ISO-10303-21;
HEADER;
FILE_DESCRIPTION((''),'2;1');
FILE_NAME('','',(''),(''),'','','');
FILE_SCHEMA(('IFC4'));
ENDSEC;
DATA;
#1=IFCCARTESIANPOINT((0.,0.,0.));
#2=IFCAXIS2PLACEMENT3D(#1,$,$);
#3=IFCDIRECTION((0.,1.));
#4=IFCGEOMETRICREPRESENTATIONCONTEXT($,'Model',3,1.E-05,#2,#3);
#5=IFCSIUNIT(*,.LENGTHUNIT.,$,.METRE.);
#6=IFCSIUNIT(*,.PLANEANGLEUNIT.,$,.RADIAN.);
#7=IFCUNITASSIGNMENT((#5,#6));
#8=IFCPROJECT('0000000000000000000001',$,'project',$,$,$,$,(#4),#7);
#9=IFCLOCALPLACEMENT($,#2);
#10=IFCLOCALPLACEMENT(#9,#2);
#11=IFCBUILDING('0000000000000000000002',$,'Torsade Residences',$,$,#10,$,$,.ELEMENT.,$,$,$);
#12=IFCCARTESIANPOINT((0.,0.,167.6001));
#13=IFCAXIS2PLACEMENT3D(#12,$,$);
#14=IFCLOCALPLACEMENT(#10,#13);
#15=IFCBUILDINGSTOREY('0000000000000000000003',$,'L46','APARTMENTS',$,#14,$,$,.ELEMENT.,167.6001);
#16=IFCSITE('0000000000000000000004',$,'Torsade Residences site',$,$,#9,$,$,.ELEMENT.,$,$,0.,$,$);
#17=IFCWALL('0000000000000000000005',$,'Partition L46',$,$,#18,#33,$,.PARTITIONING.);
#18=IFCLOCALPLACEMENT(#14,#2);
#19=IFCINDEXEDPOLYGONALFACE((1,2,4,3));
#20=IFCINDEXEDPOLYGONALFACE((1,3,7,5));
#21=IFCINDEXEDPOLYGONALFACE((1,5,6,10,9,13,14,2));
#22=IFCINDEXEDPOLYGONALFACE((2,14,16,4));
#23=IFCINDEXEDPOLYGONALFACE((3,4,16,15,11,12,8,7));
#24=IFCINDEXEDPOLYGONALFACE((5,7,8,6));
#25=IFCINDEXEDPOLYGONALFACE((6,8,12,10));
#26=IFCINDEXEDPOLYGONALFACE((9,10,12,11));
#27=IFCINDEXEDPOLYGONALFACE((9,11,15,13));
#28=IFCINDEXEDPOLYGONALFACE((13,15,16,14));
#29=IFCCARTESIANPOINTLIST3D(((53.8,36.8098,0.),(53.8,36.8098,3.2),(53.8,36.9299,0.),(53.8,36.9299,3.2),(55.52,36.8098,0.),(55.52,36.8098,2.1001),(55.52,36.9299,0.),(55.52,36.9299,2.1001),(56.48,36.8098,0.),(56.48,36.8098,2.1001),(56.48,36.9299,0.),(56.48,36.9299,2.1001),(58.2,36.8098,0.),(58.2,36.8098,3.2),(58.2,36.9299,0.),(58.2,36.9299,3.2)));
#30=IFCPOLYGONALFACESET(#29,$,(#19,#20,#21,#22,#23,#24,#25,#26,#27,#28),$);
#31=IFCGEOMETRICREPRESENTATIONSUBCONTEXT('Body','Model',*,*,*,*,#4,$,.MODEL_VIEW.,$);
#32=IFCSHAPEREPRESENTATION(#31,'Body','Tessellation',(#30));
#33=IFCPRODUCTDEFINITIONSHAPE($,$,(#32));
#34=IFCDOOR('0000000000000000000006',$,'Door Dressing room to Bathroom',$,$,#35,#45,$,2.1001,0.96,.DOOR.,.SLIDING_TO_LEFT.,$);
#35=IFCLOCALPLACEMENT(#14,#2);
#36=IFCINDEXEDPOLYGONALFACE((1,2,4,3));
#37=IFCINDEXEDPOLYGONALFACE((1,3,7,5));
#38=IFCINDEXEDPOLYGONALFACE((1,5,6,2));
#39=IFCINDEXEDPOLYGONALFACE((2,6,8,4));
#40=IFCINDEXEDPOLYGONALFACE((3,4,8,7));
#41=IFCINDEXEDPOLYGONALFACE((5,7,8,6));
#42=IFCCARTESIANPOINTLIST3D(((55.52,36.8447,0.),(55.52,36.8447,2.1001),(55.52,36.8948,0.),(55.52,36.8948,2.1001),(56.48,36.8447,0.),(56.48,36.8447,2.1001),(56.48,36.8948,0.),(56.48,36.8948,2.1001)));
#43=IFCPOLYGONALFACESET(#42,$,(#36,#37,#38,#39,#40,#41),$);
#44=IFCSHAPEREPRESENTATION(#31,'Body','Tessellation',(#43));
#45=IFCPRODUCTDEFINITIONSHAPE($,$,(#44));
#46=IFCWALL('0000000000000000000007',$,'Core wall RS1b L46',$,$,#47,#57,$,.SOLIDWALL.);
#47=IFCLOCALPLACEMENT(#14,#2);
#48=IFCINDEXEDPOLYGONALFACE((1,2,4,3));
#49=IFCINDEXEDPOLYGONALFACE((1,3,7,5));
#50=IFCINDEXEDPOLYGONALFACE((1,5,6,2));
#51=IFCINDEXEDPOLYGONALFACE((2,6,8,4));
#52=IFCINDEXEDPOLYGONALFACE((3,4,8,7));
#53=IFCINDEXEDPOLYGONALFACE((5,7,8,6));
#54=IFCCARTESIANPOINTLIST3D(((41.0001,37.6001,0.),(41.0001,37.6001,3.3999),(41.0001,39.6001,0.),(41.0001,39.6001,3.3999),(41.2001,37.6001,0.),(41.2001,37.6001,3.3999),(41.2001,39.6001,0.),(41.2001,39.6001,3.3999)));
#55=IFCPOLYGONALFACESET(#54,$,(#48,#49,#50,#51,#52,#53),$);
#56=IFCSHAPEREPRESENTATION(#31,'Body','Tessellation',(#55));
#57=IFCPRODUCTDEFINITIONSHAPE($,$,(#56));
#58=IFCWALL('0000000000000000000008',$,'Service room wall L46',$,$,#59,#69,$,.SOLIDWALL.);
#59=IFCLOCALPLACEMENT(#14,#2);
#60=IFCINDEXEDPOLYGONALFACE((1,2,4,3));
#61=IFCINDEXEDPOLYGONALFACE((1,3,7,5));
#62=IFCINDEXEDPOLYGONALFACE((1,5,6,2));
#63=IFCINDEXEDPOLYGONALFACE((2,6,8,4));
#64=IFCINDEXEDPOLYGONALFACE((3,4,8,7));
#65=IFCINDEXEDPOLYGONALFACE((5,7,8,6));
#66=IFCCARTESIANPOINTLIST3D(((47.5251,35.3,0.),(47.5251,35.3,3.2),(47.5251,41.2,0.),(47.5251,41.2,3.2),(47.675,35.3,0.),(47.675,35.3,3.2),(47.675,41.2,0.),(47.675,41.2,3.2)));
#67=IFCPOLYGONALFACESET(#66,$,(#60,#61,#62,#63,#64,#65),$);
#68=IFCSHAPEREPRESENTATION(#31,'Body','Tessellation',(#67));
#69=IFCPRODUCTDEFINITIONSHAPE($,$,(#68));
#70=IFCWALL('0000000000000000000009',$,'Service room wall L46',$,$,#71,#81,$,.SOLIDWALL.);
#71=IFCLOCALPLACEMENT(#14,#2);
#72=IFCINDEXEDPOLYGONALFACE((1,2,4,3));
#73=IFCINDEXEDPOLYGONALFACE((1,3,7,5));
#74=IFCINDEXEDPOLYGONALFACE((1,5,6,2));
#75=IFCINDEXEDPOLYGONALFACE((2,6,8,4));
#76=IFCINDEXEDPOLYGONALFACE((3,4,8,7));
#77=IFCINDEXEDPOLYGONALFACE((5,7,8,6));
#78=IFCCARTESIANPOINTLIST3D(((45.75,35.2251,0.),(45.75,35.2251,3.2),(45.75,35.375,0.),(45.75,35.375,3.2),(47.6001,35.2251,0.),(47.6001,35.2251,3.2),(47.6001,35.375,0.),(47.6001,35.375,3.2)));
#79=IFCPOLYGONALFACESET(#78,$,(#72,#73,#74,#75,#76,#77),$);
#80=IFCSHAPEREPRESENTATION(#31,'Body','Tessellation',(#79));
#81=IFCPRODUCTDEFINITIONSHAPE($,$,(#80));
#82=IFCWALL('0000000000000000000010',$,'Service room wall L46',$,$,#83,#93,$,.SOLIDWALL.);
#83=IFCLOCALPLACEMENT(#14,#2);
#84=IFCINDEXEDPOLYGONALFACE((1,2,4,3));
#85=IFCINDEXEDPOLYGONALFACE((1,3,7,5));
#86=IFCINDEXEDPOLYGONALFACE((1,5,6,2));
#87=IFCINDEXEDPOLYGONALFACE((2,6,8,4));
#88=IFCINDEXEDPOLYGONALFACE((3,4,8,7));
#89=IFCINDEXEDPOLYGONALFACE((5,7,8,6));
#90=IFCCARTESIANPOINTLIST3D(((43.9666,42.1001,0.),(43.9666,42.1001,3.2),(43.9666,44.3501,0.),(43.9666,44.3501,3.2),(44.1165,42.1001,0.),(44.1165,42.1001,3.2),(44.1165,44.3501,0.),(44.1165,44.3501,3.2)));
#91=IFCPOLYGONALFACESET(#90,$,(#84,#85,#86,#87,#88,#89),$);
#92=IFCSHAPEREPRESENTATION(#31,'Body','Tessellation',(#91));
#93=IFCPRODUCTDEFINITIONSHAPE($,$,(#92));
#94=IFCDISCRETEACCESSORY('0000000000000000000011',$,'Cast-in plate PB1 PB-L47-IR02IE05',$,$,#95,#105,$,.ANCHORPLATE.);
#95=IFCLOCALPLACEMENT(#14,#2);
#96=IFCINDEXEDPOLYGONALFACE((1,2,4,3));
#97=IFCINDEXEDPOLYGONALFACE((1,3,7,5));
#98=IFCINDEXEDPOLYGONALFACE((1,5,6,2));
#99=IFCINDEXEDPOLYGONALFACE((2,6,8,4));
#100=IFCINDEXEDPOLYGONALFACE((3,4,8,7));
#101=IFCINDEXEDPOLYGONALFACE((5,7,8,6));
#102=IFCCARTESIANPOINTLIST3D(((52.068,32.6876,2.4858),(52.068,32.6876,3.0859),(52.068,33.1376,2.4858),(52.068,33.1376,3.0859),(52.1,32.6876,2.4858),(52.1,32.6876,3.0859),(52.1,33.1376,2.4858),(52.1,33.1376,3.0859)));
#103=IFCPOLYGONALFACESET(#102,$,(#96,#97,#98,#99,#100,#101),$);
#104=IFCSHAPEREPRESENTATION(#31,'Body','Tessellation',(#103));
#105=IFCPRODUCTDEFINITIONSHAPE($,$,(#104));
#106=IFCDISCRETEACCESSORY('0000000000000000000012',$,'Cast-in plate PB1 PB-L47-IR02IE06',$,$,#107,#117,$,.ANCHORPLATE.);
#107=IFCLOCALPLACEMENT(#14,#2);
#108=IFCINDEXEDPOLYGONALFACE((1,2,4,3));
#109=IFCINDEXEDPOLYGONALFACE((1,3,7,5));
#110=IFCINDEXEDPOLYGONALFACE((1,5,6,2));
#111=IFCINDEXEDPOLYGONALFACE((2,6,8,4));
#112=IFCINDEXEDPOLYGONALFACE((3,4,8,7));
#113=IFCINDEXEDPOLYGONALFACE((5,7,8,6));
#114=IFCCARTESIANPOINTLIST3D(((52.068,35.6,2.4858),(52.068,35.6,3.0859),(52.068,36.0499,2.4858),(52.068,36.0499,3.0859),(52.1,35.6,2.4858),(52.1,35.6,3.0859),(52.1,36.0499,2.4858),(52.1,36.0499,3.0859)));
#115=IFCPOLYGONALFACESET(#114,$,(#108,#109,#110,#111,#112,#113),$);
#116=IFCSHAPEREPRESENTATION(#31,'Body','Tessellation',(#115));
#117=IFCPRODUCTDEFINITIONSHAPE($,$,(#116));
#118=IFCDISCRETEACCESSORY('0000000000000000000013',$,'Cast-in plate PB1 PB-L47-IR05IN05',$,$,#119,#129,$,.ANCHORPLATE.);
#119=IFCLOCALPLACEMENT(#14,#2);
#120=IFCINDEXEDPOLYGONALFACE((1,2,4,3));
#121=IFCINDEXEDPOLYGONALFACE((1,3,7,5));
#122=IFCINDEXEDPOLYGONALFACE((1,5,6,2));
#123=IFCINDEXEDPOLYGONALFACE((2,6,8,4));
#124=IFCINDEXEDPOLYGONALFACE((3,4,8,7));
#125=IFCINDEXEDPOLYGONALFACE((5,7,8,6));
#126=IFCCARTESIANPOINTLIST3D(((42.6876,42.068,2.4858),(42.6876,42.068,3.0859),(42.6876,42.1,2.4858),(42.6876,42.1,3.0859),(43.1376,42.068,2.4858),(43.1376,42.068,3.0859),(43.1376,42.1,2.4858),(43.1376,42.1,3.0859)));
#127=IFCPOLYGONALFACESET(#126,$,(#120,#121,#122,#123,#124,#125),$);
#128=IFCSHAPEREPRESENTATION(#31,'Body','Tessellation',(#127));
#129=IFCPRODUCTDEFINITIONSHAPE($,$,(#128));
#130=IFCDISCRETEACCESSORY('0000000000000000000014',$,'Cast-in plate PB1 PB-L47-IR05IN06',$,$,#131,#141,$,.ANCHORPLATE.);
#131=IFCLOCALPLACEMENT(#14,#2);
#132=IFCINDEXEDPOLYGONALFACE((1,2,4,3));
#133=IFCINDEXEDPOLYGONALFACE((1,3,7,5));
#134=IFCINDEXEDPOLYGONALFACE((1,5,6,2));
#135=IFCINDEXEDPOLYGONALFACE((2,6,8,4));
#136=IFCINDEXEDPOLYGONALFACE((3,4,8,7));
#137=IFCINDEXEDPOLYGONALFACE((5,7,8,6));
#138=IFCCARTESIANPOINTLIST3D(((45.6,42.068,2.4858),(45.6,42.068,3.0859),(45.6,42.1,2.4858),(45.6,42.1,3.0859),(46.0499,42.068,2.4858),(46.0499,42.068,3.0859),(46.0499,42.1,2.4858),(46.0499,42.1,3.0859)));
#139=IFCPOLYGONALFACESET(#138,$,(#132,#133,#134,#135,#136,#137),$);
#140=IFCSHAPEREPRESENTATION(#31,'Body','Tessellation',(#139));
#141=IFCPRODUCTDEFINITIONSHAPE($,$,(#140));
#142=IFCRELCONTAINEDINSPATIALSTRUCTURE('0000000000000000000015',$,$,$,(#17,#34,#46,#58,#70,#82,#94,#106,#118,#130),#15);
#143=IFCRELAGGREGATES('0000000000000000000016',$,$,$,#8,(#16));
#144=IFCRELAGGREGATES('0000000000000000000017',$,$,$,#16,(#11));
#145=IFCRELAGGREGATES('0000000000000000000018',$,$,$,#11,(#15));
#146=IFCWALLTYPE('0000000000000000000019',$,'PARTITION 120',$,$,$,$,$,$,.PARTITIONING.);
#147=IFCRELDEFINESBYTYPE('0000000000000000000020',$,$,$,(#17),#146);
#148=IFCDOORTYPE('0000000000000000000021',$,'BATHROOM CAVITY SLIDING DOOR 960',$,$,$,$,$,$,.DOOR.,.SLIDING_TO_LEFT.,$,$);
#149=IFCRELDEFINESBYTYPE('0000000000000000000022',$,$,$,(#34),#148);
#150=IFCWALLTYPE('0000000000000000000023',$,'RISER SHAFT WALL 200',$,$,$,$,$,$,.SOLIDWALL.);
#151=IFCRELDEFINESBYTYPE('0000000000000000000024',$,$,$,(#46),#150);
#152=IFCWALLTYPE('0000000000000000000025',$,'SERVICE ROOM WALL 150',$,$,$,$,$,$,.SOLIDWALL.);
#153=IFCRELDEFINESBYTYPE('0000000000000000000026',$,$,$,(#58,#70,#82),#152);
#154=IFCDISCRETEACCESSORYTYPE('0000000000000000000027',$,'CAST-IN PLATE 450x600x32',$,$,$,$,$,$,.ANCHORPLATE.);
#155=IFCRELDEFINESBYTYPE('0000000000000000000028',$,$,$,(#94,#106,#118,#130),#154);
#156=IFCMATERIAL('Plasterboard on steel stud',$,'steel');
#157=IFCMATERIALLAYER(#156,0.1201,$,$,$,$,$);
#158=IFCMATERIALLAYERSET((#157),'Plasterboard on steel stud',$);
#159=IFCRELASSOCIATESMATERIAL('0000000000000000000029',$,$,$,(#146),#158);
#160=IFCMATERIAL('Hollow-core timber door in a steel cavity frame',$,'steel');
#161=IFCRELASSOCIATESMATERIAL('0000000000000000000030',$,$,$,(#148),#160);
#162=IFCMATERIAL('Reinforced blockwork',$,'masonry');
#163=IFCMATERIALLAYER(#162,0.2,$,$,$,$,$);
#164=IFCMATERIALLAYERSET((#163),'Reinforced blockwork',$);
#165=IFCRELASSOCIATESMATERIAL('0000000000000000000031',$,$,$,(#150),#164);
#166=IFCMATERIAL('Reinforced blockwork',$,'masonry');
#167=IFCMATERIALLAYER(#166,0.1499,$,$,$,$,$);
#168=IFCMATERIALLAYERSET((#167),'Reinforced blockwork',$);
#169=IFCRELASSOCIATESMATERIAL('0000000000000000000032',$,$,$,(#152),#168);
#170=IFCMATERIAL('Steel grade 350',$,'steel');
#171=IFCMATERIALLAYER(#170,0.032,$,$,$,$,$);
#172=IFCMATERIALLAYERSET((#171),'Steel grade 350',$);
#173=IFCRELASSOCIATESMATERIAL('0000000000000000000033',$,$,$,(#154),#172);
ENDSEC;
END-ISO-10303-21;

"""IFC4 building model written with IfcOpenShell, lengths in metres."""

from ifc_helpers import new_model, si_unit, direction, frame, frame_2d, origin, origin_2d, place, context, subcontext, project, spatial, rectangle, extrude, material, layer, layer_set, type_object, element, fill, save


model = new_model("IFC4")

# Units and contexts
model_context = context("Model", 3, precision=1e-05, world=origin(), true_north=direction((0.0, 1.0)))
body_context = subcontext(model_context, "Body", "Model", "MODEL_VIEW")
ifc_project = project(units=[si_unit("LENGTHUNIT", "METRE"), si_unit("PLANEANGLEUNIT", "RADIAN")], contexts=[model_context])

# Site, building, storey
site_placement = place(None, origin())
site = spatial("IfcSite", under=ifc_project, at=site_placement, Name="Torsade Residences site", CompositionType="ELEMENT", RefElevation=0.0)
building_placement = place(site_placement, origin())
building = spatial("IfcBuilding", under=site, at=building_placement, Name="Torsade Residences", CompositionType="ELEMENT")
storey_placement = place(building_placement, frame((0.0, 0.0, 167.6001)))
storey = spatial("IfcBuildingStorey", under=building, at=storey_placement, Name="L46", Description="APARTMENTS", CompositionType="ELEMENT", Elevation=167.6001)

# Wall, opening, door
ifc_material_1 = material(Name="Plasterboard on steel stud", Category="steel")
ifc_layer_1 = layer(ifc_material_1, 0.1201)
ifc_layer_set_1 = layer_set([ifc_layer_1], Name="Plasterboard on steel stud")
wall_type_1 = type_object("IfcWallType", Name="PARTITION 120", PredefinedType="PARTITIONING", material=ifc_layer_set_1)
wall_1_placement = place(storey_placement, frame((53.8, 36.8699, 0.0), z_axis=(0.0, 0.0, 1.0), x_axis=(1.0, 0.0, 0.0)))
wall_1 = element("IfcWall", 1, at=wall_1_placement, inside=storey, type_object=wall_type_1, Name="Partition L46", PredefinedType="PARTITIONING", context=body_context, shape_type="SweptSolid", body=[
    extrude(rectangle(XDim=4.3999, YDim=0.1201, at=frame_2d((2.2, 0.0))), origin(), (0.0, 0.0, 1.0), 3.2),
])
opening_1_placement = place(wall_1_placement, frame((1.72, 0.0, 0.0)))
opening_1 = element("IfcOpeningElement", 2, at=opening_1_placement, cuts=wall_1, PredefinedType="OPENING", context=body_context, shape_type="SweptSolid", body=[
    extrude(rectangle(XDim=0.96, YDim=2.1001, at=frame_2d((0.48, 1.05))), frame((0.0, 0.0701, 0.0), z_axis=(0.0, -1.0, 0.0), x_axis=(1.0, 0.0, 0.0)), (0.0, 0.0, 1.0), 0.1401),
])
ifc_material_2 = material(Name="Hollow-core timber door in a steel cavity frame", Category="steel")
door_type_1 = type_object("IfcDoorType", Name="BATHROOM CAVITY SLIDING DOOR 960", OperationType="SLIDING_TO_LEFT", PredefinedType="DOOR", material=ifc_material_2)
door_1_placement = place(opening_1_placement, origin())
door_1 = element("IfcDoor", 3, at=door_1_placement, inside=storey, type_object=door_type_1, Name="Door Dressing room to Bathroom", OperationType="SLIDING_TO_LEFT", OverallHeight=2.1001, OverallWidth=0.96, PredefinedType="DOOR", context=body_context, shape_type="SweptSolid", body=[
    extrude(rectangle(XDim=0.96, YDim=2.1001, at=frame_2d((0.48, 1.05))), frame((0.0, 0.0249, 0.0), z_axis=(0.0, -1.0, 0.0), x_axis=(1.0, 0.0, 0.0)), (0.0, 0.0, 1.0), 0.05),
])
fill(opening_1, door_1)

# Walls
ifc_material_3 = material(Name="Reinforced blockwork", Category="masonry")
ifc_layer_2 = layer(ifc_material_3, 0.2)
ifc_layer_set_2 = layer_set([ifc_layer_2], Name="Reinforced blockwork")
wall_type_2 = type_object("IfcWallType", Name="RISER SHAFT WALL 200", PredefinedType="SOLIDWALL", material=ifc_layer_set_2)
wall_2_placement = place(storey_placement, frame((41.1001, 37.6001, 0.0), z_axis=(0.0, 0.0, 1.0), x_axis=(0.0, 1.0, 0.0)))
element("IfcWall", 4, at=wall_2_placement, inside=storey, type_object=wall_type_2, Name="Core wall RS1b L46", PredefinedType="SOLIDWALL", context=body_context, shape_type="SweptSolid", body=[
    extrude(rectangle(XDim=2.0, YDim=0.2, at=frame_2d((1.0, 0.0))), origin(), (0.0, 0.0, 1.0), 3.3999),
])
ifc_material_4 = material(Name="Reinforced blockwork", Category="masonry")
ifc_layer_3 = layer(ifc_material_4, 0.1499)
ifc_layer_set_3 = layer_set([ifc_layer_3], Name="Reinforced blockwork")
wall_type_3 = type_object("IfcWallType", Name="SERVICE ROOM WALL 150", PredefinedType="SOLIDWALL", material=ifc_layer_set_3)
wall_3_placement = place(storey_placement, frame((47.6001, 41.2, 0.0), z_axis=(0.0, 0.0, 1.0), x_axis=(0.0, -1.0, 0.0)))
element("IfcWall", 5, at=wall_3_placement, inside=storey, type_object=wall_type_3, Name="Service room wall L46", PredefinedType="SOLIDWALL", context=body_context, shape_type="SweptSolid", body=[
    extrude(rectangle(XDim=5.8999, YDim=0.1499, at=frame_2d((2.95, 0.0))), origin(), (0.0, 0.0, 1.0), 3.2),
])
wall_4_placement = place(storey_placement, frame((47.6001, 35.3, 0.0), z_axis=(0.0, 0.0, 1.0), x_axis=(-1.0, 0.0, 0.0)))
element("IfcWall", 6, at=wall_4_placement, inside=storey, type_object=wall_type_3, Name="Service room wall L46", PredefinedType="SOLIDWALL", context=body_context, shape_type="SweptSolid", body=[
    extrude(rectangle(XDim=1.8501, YDim=0.1499, at=frame_2d((0.925, 0.0))), origin(), (0.0, 0.0, 1.0), 3.2),
])
wall_5_placement = place(storey_placement, frame((44.0415, 42.1001, 0.0), z_axis=(0.0, 0.0, 1.0), x_axis=(0.0, 1.0, 0.0)))
element("IfcWall", 7, at=wall_5_placement, inside=storey, type_object=wall_type_3, Name="Service room wall L46", PredefinedType="SOLIDWALL", context=body_context, shape_type="SweptSolid", body=[
    extrude(rectangle(XDim=2.25, YDim=0.1499, at=frame_2d((1.125, 0.0))), origin(), (0.0, 0.0, 1.0), 3.2),
])

# Discrete accessories
ifc_material_5 = material(Name="Steel grade 350", Category="steel")
ifc_layer_4 = layer(ifc_material_5, 0.032)
ifc_layer_set_4 = layer_set([ifc_layer_4], Name="Steel grade 350")
discrete_accessory_type = type_object("IfcDiscreteAccessoryType", Name="CAST-IN PLATE 450x600x32", PredefinedType="ANCHORPLATE", material=ifc_layer_set_4)
for number, where, z_axis, x_axis, name in (
    (8, (52.084, 32.9126, 2.4858), (0.0, 0.0, 1.0), (1.0, 0.0, 0.0), "Cast-in plate PB1 PB-L47-IR02IE05"),
    (9, (52.084, 35.825, 2.4858), (0.0, 0.0, 1.0), (1.0, 0.0, 0.0), "Cast-in plate PB1 PB-L47-IR02IE06"),
):
    element("IfcDiscreteAccessory", number, at=place(storey_placement, frame(where, z_axis=z_axis, x_axis=x_axis)), inside=storey, type_object=discrete_accessory_type, Name=name, PredefinedType="ANCHORPLATE", context=body_context, shape_type="SweptSolid", body=[
        extrude(rectangle(XDim=0.032, YDim=0.45, at=origin_2d()), origin(), (0.0, 0.0, 1.0), 0.6001),
    ])
for number, where, z_axis, x_axis, name in (
    (10, (42.9126, 42.084, 2.4858), (0.0, 0.0, 1.0), (1.0, 0.0, 0.0), "Cast-in plate PB1 PB-L47-IR05IN05"),
    (11, (45.825, 42.084, 2.4858), (0.0, 0.0, 1.0), (1.0, 0.0, 0.0), "Cast-in plate PB1 PB-L47-IR05IN06"),
):
    element("IfcDiscreteAccessory", number, at=place(storey_placement, frame(where, z_axis=z_axis, x_axis=x_axis)), inside=storey, type_object=discrete_accessory_type, Name=name, PredefinedType="ANCHORPLATE", context=body_context, shape_type="SweptSolid", body=[
        extrude(rectangle(XDim=0.45, YDim=0.032, at=origin_2d()), origin(), (0.0, 0.0, 1.0), 0.6001),
    ])

save(model, "model.ifc")
